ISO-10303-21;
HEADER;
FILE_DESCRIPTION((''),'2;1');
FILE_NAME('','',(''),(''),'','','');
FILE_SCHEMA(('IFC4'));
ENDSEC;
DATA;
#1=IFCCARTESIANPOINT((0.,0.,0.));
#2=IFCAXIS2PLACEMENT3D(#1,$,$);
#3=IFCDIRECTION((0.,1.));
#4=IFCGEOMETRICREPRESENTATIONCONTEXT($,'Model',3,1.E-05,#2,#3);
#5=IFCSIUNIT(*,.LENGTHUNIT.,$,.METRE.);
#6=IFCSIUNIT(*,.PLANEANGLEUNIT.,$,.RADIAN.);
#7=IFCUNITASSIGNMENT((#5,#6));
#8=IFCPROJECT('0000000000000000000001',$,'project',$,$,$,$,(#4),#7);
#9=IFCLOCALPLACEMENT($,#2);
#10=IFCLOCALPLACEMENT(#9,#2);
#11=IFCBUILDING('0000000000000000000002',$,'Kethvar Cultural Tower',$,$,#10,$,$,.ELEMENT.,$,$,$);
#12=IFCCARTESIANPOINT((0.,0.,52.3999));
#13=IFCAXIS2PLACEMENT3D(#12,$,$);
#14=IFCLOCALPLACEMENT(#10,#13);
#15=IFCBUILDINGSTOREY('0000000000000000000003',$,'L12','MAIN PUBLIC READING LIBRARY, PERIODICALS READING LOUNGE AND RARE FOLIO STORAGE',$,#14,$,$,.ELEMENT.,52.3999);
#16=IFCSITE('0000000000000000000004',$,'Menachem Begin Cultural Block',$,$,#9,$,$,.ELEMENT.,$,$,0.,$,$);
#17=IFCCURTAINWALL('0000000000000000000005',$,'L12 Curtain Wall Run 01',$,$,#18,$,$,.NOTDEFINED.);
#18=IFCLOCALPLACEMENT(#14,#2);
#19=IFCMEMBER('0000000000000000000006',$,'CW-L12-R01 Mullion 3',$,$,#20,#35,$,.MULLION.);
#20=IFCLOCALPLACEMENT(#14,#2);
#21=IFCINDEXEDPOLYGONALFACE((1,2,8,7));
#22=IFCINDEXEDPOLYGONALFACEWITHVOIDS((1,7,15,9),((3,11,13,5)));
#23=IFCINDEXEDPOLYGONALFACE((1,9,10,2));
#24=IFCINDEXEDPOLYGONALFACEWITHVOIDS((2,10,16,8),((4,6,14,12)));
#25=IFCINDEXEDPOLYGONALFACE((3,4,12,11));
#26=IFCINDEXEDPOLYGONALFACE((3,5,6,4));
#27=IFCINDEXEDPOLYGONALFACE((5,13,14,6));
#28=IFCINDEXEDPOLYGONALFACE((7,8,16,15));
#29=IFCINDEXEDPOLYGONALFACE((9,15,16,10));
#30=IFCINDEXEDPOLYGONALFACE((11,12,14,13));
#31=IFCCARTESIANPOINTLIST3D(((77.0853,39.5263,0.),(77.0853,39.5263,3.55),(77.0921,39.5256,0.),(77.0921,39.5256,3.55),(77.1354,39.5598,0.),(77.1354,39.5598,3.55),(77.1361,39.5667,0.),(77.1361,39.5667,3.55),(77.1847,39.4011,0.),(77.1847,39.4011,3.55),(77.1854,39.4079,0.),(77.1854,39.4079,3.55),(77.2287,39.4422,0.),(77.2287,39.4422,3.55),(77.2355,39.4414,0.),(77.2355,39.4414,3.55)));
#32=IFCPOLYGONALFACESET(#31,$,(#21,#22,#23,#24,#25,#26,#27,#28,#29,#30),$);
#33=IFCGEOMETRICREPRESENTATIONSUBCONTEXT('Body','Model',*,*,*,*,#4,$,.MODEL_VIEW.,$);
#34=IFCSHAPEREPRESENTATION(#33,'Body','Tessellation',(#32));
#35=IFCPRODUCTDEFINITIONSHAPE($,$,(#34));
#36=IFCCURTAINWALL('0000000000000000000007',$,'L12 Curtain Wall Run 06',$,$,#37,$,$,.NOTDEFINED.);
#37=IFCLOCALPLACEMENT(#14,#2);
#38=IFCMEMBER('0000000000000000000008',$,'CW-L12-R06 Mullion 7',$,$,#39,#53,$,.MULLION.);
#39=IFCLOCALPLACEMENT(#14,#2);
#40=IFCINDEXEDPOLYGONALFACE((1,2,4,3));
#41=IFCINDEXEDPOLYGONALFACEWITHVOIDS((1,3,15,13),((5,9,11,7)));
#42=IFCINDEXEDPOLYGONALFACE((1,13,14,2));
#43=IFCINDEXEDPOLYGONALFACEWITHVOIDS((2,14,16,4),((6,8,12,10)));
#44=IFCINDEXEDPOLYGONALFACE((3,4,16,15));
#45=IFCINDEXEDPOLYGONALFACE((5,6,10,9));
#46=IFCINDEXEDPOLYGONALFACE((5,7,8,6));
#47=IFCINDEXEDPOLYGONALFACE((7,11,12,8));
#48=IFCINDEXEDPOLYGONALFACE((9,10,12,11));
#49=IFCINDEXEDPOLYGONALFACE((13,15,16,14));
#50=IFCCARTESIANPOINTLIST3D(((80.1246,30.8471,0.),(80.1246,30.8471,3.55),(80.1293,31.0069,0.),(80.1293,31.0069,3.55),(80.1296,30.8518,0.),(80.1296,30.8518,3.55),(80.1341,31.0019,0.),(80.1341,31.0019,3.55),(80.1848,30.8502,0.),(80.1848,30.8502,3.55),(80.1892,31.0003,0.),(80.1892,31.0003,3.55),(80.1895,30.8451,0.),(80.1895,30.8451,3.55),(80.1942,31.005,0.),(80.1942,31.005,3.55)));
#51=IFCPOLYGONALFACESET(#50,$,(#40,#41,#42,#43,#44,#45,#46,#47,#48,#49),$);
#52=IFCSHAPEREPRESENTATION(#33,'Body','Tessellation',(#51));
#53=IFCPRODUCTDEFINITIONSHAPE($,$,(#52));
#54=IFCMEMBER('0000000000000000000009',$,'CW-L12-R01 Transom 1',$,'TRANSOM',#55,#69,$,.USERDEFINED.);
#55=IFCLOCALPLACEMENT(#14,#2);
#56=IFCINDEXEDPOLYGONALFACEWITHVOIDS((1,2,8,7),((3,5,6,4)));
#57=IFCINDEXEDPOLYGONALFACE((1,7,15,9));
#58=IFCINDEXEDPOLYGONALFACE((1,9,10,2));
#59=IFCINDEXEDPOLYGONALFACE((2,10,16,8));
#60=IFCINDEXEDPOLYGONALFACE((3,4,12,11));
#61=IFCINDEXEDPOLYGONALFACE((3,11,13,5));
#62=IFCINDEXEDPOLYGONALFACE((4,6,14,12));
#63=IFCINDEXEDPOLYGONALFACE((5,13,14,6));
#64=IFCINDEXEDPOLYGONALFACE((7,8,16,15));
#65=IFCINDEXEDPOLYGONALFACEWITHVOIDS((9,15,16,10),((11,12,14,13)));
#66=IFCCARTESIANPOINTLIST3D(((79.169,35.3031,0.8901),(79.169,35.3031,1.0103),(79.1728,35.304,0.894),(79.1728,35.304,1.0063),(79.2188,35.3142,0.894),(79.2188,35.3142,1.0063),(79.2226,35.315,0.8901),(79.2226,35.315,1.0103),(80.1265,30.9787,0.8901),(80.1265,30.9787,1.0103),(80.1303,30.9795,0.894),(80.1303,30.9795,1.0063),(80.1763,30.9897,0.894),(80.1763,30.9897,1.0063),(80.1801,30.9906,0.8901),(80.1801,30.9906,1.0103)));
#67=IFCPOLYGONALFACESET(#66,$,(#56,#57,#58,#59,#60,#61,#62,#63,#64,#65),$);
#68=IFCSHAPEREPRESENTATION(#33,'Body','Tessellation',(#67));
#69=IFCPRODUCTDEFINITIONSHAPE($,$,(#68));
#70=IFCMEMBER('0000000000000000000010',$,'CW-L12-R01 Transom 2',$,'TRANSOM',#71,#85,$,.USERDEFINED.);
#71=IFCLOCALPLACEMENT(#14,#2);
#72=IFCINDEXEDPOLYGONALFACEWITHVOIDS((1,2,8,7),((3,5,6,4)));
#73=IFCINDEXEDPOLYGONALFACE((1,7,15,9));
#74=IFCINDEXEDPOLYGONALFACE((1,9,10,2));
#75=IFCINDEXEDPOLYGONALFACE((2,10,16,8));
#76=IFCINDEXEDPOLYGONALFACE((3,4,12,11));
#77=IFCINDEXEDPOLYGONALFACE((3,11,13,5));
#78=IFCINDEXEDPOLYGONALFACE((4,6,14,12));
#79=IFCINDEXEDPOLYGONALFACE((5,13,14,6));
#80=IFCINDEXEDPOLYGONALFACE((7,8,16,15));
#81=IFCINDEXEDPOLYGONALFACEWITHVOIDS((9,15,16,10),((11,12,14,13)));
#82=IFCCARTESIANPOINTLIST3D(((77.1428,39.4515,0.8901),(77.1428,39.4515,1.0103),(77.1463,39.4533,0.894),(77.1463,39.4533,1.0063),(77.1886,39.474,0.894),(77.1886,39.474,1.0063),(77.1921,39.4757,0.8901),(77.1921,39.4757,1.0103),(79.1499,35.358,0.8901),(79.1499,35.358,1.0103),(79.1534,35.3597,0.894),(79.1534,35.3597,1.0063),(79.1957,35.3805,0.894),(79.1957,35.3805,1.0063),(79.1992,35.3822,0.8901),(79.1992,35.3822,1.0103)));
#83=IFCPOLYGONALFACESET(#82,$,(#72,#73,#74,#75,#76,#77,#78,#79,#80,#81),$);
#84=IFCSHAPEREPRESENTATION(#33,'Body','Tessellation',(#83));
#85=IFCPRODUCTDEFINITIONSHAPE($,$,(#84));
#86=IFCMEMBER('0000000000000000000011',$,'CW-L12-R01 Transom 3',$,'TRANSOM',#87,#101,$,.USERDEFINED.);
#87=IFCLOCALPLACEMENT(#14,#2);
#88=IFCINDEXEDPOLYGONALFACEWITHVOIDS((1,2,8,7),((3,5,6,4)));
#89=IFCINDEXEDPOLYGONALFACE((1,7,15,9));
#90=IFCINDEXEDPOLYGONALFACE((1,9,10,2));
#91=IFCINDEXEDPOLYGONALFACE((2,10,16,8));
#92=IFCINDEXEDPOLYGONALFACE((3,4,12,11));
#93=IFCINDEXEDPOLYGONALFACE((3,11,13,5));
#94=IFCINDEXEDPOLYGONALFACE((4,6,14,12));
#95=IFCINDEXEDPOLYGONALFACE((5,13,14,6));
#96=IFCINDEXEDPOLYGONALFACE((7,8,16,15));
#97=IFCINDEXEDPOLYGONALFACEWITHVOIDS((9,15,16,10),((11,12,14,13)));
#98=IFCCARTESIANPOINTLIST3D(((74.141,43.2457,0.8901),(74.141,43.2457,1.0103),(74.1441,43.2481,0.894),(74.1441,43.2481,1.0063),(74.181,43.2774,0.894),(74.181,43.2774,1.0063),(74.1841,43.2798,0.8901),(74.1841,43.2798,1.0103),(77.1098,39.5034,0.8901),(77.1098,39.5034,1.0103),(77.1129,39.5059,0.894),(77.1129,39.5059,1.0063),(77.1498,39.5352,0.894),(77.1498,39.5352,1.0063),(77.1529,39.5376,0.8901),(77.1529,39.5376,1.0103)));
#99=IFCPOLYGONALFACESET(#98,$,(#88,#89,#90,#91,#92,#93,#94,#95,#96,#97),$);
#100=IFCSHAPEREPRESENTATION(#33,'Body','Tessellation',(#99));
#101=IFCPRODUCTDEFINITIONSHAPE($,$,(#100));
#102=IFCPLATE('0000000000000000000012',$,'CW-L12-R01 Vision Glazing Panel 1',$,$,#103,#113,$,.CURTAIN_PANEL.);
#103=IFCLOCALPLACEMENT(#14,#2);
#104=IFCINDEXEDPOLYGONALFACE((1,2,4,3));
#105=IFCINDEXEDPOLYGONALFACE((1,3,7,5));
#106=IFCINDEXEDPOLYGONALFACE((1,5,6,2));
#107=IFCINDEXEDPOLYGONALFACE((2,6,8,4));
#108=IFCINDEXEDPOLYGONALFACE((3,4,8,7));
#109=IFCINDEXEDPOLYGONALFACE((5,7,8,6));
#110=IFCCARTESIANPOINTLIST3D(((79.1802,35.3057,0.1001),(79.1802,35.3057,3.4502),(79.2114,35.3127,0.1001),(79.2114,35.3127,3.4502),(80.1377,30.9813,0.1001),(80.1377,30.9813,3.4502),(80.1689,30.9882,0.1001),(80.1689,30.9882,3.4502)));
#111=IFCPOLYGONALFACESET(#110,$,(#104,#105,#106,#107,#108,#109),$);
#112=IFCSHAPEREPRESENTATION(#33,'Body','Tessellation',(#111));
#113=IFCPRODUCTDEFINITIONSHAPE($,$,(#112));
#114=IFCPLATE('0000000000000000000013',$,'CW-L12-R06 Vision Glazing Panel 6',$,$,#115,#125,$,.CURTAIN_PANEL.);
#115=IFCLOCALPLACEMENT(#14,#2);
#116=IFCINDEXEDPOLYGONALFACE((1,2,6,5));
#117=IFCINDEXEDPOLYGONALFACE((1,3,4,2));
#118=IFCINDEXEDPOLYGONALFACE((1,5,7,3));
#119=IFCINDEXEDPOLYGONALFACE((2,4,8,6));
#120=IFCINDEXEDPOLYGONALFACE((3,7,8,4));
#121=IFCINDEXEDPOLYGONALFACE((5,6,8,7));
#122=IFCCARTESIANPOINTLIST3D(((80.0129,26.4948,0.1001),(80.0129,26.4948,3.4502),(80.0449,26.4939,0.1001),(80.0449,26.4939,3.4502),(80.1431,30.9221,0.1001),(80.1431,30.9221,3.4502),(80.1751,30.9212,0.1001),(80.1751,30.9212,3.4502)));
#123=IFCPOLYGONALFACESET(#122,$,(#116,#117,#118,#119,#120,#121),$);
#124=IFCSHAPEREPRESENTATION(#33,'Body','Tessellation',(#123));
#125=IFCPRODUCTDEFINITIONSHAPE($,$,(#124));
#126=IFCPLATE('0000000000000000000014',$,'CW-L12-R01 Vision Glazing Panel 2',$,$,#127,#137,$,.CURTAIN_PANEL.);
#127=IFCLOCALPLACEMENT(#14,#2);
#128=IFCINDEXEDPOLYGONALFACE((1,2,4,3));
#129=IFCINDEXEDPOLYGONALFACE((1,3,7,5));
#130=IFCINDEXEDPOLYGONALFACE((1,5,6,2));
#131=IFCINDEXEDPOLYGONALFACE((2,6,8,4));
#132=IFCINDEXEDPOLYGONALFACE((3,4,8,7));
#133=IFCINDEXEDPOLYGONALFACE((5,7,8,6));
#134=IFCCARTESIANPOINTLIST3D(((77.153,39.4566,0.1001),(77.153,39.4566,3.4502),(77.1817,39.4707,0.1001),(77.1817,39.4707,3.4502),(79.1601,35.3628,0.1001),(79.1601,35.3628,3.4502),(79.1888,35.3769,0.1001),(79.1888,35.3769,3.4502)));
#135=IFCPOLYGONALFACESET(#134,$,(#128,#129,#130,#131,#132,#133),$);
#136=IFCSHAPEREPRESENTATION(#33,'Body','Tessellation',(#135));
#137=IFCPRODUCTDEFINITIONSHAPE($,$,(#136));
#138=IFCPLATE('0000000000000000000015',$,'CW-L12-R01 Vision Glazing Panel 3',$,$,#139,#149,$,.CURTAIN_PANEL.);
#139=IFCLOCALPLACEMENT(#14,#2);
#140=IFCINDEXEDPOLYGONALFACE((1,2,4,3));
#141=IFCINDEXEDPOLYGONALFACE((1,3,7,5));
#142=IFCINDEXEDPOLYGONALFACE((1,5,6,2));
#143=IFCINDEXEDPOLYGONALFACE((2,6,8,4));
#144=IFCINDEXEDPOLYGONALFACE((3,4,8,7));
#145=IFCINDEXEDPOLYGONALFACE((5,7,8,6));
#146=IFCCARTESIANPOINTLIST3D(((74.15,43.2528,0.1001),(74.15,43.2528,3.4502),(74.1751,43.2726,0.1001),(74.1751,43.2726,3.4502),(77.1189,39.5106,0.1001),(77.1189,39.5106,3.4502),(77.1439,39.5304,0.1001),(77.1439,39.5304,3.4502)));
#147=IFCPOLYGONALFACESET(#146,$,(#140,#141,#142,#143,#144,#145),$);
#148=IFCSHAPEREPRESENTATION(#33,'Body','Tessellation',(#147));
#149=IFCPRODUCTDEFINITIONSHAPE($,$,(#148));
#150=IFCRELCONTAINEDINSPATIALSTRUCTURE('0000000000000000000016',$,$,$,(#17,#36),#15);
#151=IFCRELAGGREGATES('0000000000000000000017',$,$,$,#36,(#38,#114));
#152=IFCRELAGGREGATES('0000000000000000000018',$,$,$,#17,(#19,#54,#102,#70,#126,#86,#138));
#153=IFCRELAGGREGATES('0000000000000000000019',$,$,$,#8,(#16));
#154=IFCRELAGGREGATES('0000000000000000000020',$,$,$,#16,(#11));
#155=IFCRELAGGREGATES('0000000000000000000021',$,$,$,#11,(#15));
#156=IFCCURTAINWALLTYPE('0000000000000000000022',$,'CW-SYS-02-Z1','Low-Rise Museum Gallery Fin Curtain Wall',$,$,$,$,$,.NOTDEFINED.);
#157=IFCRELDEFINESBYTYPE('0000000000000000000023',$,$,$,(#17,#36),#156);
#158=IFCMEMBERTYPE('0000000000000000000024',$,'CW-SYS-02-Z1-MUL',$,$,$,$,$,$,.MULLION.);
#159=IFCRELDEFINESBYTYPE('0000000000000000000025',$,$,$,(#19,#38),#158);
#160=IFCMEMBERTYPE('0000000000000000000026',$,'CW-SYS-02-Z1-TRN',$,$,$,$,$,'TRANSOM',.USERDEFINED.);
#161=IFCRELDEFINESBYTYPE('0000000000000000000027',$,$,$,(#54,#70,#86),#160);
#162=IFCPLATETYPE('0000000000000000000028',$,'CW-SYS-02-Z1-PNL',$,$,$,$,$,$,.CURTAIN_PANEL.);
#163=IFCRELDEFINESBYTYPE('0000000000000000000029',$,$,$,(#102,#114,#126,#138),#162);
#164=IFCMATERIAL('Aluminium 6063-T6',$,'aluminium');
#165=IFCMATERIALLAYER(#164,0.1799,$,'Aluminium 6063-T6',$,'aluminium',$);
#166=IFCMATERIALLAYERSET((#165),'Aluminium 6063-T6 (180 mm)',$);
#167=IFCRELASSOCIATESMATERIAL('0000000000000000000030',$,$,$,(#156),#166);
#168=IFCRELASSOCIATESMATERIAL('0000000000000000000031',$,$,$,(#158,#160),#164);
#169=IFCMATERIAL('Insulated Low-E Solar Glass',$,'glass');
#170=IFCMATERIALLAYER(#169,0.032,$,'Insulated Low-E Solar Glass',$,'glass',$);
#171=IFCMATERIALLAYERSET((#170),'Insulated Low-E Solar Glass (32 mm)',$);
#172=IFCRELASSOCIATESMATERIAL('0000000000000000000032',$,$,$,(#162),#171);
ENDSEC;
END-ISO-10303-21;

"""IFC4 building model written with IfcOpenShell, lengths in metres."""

from ifc_helpers import new_model, si_unit, direction, frame, origin, origin_2d, place, context, subcontext, project, spatial, rectangle, hollow_rectangle, extrude, source, transform, mapped, material, layer, layer_set, material_profile, profile_set, type_object, element, aggregate, save


model = new_model("IFC4")

# Units and contexts
model_context = context("Model", 3, precision=1e-05, world=origin(), true_north=direction((0.0, 1.0)))
body_context = subcontext(model_context, "Body", "Model", "MODEL_VIEW")
ifc_project = project(units=[si_unit("LENGTHUNIT", "METRE"), si_unit("PLANEANGLEUNIT", "RADIAN")], contexts=[model_context])

# Site, building, storey
site_placement = place(None, origin())
site = spatial("IfcSite", under=ifc_project, at=site_placement, Name="Menachem Begin Cultural Block", CompositionType="ELEMENT", RefElevation=0.0)
building_placement = place(site_placement, origin())
building = spatial("IfcBuilding", under=site, at=building_placement, Name="Kethvar Cultural Tower", CompositionType="ELEMENT")
storey_placement = place(building_placement, frame((0.0, 0.0, 52.3999)))
storey = spatial("IfcBuildingStorey", under=building, at=storey_placement, Name="L12", Description="MAIN PUBLIC READING LIBRARY, PERIODICALS READING LOUNGE AND RARE FOLIO STORAGE", CompositionType="ELEMENT", Elevation=52.3999)

# Curtain wall, member
ifc_material_1 = material(Name="Aluminium 6063-T6", Category="aluminium")
ifc_layer_1 = layer(ifc_material_1, 0.1799, Name="Aluminium 6063-T6", Category="aluminium")
ifc_layer_set_1 = layer_set([ifc_layer_1], Name="Aluminium 6063-T6 (180 mm)")
curtain_wall_type = type_object("IfcCurtainWallType", Name="CW-SYS-02-Z1", Description="Low-Rise Museum Gallery Fin Curtain Wall", PredefinedType="NOTDEFINED", material=ifc_layer_set_1)
curtain_wall_1_placement = place(storey_placement, origin())
curtain_wall_1 = element("IfcCurtainWall", 1, at=curtain_wall_1_placement, inside=storey, type_object=curtain_wall_type, Name="L12 Curtain Wall Run 01", PredefinedType="NOTDEFINED")
ifc_material_profile_1 = material_profile(ifc_material_1, hollow_rectangle(XDim=0.0649, YDim=0.1599, WallThickness=0.0049, at=origin_2d()), Name="Aluminium 6063-T6 — RHS160x65x5")
ifc_profile_set_1 = profile_set([ifc_material_profile_1], Name="Aluminium 6063-T6 — RHS160x65x5")
member_type_1 = type_object("IfcMemberType", Name="CW-SYS-02-Z1-MUL", PredefinedType="MULLION", material=ifc_profile_set_1)
shared_shape_1 = source(origin(), body_context, "Body", "SweptSolid", [
    extrude(hollow_rectangle(XDim=0.0649, YDim=0.1599, WallThickness=0.0049, at=origin_2d()), origin(), (0.0, 0.0, 1.0), 3.55),
])
member_1_placement = place(storey_placement, frame((77.1604, 39.4839, 0.0), z_axis=(0.0, 0.0, 1.0), x_axis=(-0.783401, -0.621517, 0.0)))
member_1 = element("IfcMember", 2, at=member_1_placement, type_object=member_type_1, Name="CW-L12-R01 Mullion 3", PredefinedType="MULLION", context=body_context, shape_type="MappedRepresentation", body=[
    mapped(shared_shape_1, transform((0.0, 0.0, 0.0), scale=1.0)),
])

# Curtain wall, member
curtain_wall_2_placement = place(storey_placement, origin())
curtain_wall_2 = element("IfcCurtainWall", 3, at=curtain_wall_2_placement, inside=storey, type_object=curtain_wall_type, Name="L12 Curtain Wall Run 06", PredefinedType="NOTDEFINED")
member_2_placement = place(storey_placement, frame((80.1594, 30.926, 0.0), z_axis=(0.0, 0.0, 1.0), x_axis=(-0.999568, 0.029405, 0.0)))
member_2 = element("IfcMember", 4, at=member_2_placement, type_object=member_type_1, Name="CW-L12-R06 Mullion 7", PredefinedType="MULLION", context=body_context, shape_type="MappedRepresentation", body=[
    mapped(shared_shape_1, transform((0.0, 0.0, 0.0), scale=1.0)),
])

# Members
ifc_material_profile_2 = material_profile(ifc_material_1, hollow_rectangle(XDim=0.0549, YDim=0.1201, WallThickness=0.0039, at=origin_2d()), Name="Aluminium 6063-T6 — RHS120x55x4")
ifc_profile_set_2 = profile_set([ifc_material_profile_2], Name="Aluminium 6063-T6 — RHS120x55x4")
member_type_2 = type_object("IfcMemberType", Name="CW-SYS-02-Z1-TRN", ElementType="TRANSOM", PredefinedType="USERDEFINED", material=ifc_profile_set_2)
shared_shape_2 = source(origin(), body_context, "Body", "SweptSolid", [
    extrude(hollow_rectangle(XDim=0.0549, YDim=0.1201, WallThickness=0.0039, at=origin_2d()), origin(), (0.0, 0.0, 1.0), 4.4292),
])
member_3_placement = place(storey_placement, frame((80.1533, 30.9846, 0.9502), z_axis=(-0.216183, 0.976353, 0.0), x_axis=(-0.976353, -0.216183, 0.0)))
member_3 = element("IfcMember", 5, at=member_3_placement, type_object=member_type_2, Name="CW-L12-R01 Transom 1", ObjectType="TRANSOM", PredefinedType="USERDEFINED", context=body_context, shape_type="MappedRepresentation", body=[
    mapped(shared_shape_2, transform((0.0, 0.0, 0.0), scale=1.0)),
])
shared_shape_3 = source(origin(), body_context, "Body", "SweptSolid", [
    extrude(hollow_rectangle(XDim=0.0549, YDim=0.1201, WallThickness=0.0039, at=origin_2d()), origin(), (0.0, 0.0, 1.0), 4.5591),
])
member_4_placement = place(storey_placement, frame((79.1746, 35.3701, 0.9502), z_axis=(-0.440238, 0.897881, 0.0), x_axis=(-0.897881, -0.440238, 0.0)))
member_4 = element("IfcMember", 6, at=member_4_placement, type_object=member_type_2, Name="CW-L12-R01 Transom 2", ObjectType="TRANSOM", PredefinedType="USERDEFINED", context=body_context, shape_type="MappedRepresentation", body=[
    mapped(shared_shape_3, transform((0.0, 0.0, 0.0), scale=1.0)),
])
shared_shape_4 = source(origin(), body_context, "Body", "SweptSolid", [
    extrude(hollow_rectangle(XDim=0.0549, YDim=0.1201, WallThickness=0.0039, at=origin_2d()), origin(), (0.0, 0.0, 1.0), 4.7769),
])
member_5_placement = place(storey_placement, frame((77.1313, 39.5205, 0.9502), z_axis=(-0.621499, 0.783415, 0.0), x_axis=(-0.783415, -0.621499, 0.0)))
member_5 = element("IfcMember", 7, at=member_5_placement, type_object=member_type_2, Name="CW-L12-R01 Transom 3", ObjectType="TRANSOM", PredefinedType="USERDEFINED", context=body_context, shape_type="MappedRepresentation", body=[
    mapped(shared_shape_4, transform((0.0, 0.0, 0.0), scale=1.0)),
])

# Plates
ifc_material_2 = material(Name="Insulated Low-E Solar Glass", Category="glass")
ifc_layer_2 = layer(ifc_material_2, 0.032, Name="Insulated Low-E Solar Glass", Category="glass")
ifc_layer_set_2 = layer_set([ifc_layer_2], Name="Insulated Low-E Solar Glass (32 mm)")
plate_type = type_object("IfcPlateType", Name="CW-SYS-02-Z1-PNL", PredefinedType="CURTAIN_PANEL", material=ifc_layer_set_2)
shared_shape_5 = source(origin(), body_context, "Body", "SweptSolid", [
    extrude(rectangle(XDim=4.4292, YDim=0.032, at=origin_2d()), origin(), (0.0, 0.0, 1.0), 3.3501),
])
plate_1_placement = place(storey_placement, frame((79.6746, 33.147, 0.1001), z_axis=(0.0, 0.0, 1.0), x_axis=(-0.216184, 0.976353, 0.0)))
plate_1 = element("IfcPlate", 8, at=plate_1_placement, type_object=plate_type, Name="CW-L12-R01 Vision Glazing Panel 1", PredefinedType="CURTAIN_PANEL", context=body_context, shape_type="MappedRepresentation", body=[
    mapped(shared_shape_5, transform((0.0, 0.0, 0.0), scale=1.0)),
])
plate_2_placement = place(storey_placement, frame((80.094, 28.708, 0.1001), z_axis=(0.0, 0.0, 1.0), x_axis=(0.029405, 0.999568, 0.0)))
plate_2 = element("IfcPlate", 9, at=plate_2_placement, type_object=plate_type, Name="CW-L12-R06 Vision Glazing Panel 6", PredefinedType="CURTAIN_PANEL", context=body_context, shape_type="MappedRepresentation", body=[
    mapped(shared_shape_5, transform((0.0, 0.0, 0.0), scale=1.0)),
])
aggregate(curtain_wall_2, [member_2, plate_2])
shared_shape_6 = source(origin(), body_context, "Body", "SweptSolid", [
    extrude(rectangle(XDim=4.5593, YDim=0.032, at=origin_2d()), origin(), (0.0, 0.0, 1.0), 3.3501),
])
plate_3_placement = place(storey_placement, frame((78.1709, 37.4167, 0.1001), z_axis=(0.0, 0.0, 1.0), x_axis=(-0.440221, 0.897889, 0.0)))
plate_3 = element("IfcPlate", 10, at=plate_3_placement, type_object=plate_type, Name="CW-L12-R01 Vision Glazing Panel 2", PredefinedType="CURTAIN_PANEL", context=body_context, shape_type="MappedRepresentation", body=[
    mapped(shared_shape_6, transform((0.0, 0.0, 0.0), scale=1.0)),
])
shared_shape_7 = source(origin(), body_context, "Body", "SweptSolid", [
    extrude(rectangle(XDim=4.7769, YDim=0.032, at=origin_2d()), origin(), (0.0, 0.0, 1.0), 3.3501),
])
plate_4_placement = place(storey_placement, frame((75.647, 41.3916, 0.1001), z_axis=(0.0, 0.0, 1.0), x_axis=(-0.621517, 0.783401, 0.0)))
plate_4 = element("IfcPlate", 11, at=plate_4_placement, type_object=plate_type, Name="CW-L12-R01 Vision Glazing Panel 3", PredefinedType="CURTAIN_PANEL", context=body_context, shape_type="MappedRepresentation", body=[
    mapped(shared_shape_7, transform((0.0, 0.0, 0.0), scale=1.0)),
])
aggregate(curtain_wall_1, [member_1, member_3, plate_1, member_4, plate_3, member_5, plate_4])

save(model, "model.ifc")
